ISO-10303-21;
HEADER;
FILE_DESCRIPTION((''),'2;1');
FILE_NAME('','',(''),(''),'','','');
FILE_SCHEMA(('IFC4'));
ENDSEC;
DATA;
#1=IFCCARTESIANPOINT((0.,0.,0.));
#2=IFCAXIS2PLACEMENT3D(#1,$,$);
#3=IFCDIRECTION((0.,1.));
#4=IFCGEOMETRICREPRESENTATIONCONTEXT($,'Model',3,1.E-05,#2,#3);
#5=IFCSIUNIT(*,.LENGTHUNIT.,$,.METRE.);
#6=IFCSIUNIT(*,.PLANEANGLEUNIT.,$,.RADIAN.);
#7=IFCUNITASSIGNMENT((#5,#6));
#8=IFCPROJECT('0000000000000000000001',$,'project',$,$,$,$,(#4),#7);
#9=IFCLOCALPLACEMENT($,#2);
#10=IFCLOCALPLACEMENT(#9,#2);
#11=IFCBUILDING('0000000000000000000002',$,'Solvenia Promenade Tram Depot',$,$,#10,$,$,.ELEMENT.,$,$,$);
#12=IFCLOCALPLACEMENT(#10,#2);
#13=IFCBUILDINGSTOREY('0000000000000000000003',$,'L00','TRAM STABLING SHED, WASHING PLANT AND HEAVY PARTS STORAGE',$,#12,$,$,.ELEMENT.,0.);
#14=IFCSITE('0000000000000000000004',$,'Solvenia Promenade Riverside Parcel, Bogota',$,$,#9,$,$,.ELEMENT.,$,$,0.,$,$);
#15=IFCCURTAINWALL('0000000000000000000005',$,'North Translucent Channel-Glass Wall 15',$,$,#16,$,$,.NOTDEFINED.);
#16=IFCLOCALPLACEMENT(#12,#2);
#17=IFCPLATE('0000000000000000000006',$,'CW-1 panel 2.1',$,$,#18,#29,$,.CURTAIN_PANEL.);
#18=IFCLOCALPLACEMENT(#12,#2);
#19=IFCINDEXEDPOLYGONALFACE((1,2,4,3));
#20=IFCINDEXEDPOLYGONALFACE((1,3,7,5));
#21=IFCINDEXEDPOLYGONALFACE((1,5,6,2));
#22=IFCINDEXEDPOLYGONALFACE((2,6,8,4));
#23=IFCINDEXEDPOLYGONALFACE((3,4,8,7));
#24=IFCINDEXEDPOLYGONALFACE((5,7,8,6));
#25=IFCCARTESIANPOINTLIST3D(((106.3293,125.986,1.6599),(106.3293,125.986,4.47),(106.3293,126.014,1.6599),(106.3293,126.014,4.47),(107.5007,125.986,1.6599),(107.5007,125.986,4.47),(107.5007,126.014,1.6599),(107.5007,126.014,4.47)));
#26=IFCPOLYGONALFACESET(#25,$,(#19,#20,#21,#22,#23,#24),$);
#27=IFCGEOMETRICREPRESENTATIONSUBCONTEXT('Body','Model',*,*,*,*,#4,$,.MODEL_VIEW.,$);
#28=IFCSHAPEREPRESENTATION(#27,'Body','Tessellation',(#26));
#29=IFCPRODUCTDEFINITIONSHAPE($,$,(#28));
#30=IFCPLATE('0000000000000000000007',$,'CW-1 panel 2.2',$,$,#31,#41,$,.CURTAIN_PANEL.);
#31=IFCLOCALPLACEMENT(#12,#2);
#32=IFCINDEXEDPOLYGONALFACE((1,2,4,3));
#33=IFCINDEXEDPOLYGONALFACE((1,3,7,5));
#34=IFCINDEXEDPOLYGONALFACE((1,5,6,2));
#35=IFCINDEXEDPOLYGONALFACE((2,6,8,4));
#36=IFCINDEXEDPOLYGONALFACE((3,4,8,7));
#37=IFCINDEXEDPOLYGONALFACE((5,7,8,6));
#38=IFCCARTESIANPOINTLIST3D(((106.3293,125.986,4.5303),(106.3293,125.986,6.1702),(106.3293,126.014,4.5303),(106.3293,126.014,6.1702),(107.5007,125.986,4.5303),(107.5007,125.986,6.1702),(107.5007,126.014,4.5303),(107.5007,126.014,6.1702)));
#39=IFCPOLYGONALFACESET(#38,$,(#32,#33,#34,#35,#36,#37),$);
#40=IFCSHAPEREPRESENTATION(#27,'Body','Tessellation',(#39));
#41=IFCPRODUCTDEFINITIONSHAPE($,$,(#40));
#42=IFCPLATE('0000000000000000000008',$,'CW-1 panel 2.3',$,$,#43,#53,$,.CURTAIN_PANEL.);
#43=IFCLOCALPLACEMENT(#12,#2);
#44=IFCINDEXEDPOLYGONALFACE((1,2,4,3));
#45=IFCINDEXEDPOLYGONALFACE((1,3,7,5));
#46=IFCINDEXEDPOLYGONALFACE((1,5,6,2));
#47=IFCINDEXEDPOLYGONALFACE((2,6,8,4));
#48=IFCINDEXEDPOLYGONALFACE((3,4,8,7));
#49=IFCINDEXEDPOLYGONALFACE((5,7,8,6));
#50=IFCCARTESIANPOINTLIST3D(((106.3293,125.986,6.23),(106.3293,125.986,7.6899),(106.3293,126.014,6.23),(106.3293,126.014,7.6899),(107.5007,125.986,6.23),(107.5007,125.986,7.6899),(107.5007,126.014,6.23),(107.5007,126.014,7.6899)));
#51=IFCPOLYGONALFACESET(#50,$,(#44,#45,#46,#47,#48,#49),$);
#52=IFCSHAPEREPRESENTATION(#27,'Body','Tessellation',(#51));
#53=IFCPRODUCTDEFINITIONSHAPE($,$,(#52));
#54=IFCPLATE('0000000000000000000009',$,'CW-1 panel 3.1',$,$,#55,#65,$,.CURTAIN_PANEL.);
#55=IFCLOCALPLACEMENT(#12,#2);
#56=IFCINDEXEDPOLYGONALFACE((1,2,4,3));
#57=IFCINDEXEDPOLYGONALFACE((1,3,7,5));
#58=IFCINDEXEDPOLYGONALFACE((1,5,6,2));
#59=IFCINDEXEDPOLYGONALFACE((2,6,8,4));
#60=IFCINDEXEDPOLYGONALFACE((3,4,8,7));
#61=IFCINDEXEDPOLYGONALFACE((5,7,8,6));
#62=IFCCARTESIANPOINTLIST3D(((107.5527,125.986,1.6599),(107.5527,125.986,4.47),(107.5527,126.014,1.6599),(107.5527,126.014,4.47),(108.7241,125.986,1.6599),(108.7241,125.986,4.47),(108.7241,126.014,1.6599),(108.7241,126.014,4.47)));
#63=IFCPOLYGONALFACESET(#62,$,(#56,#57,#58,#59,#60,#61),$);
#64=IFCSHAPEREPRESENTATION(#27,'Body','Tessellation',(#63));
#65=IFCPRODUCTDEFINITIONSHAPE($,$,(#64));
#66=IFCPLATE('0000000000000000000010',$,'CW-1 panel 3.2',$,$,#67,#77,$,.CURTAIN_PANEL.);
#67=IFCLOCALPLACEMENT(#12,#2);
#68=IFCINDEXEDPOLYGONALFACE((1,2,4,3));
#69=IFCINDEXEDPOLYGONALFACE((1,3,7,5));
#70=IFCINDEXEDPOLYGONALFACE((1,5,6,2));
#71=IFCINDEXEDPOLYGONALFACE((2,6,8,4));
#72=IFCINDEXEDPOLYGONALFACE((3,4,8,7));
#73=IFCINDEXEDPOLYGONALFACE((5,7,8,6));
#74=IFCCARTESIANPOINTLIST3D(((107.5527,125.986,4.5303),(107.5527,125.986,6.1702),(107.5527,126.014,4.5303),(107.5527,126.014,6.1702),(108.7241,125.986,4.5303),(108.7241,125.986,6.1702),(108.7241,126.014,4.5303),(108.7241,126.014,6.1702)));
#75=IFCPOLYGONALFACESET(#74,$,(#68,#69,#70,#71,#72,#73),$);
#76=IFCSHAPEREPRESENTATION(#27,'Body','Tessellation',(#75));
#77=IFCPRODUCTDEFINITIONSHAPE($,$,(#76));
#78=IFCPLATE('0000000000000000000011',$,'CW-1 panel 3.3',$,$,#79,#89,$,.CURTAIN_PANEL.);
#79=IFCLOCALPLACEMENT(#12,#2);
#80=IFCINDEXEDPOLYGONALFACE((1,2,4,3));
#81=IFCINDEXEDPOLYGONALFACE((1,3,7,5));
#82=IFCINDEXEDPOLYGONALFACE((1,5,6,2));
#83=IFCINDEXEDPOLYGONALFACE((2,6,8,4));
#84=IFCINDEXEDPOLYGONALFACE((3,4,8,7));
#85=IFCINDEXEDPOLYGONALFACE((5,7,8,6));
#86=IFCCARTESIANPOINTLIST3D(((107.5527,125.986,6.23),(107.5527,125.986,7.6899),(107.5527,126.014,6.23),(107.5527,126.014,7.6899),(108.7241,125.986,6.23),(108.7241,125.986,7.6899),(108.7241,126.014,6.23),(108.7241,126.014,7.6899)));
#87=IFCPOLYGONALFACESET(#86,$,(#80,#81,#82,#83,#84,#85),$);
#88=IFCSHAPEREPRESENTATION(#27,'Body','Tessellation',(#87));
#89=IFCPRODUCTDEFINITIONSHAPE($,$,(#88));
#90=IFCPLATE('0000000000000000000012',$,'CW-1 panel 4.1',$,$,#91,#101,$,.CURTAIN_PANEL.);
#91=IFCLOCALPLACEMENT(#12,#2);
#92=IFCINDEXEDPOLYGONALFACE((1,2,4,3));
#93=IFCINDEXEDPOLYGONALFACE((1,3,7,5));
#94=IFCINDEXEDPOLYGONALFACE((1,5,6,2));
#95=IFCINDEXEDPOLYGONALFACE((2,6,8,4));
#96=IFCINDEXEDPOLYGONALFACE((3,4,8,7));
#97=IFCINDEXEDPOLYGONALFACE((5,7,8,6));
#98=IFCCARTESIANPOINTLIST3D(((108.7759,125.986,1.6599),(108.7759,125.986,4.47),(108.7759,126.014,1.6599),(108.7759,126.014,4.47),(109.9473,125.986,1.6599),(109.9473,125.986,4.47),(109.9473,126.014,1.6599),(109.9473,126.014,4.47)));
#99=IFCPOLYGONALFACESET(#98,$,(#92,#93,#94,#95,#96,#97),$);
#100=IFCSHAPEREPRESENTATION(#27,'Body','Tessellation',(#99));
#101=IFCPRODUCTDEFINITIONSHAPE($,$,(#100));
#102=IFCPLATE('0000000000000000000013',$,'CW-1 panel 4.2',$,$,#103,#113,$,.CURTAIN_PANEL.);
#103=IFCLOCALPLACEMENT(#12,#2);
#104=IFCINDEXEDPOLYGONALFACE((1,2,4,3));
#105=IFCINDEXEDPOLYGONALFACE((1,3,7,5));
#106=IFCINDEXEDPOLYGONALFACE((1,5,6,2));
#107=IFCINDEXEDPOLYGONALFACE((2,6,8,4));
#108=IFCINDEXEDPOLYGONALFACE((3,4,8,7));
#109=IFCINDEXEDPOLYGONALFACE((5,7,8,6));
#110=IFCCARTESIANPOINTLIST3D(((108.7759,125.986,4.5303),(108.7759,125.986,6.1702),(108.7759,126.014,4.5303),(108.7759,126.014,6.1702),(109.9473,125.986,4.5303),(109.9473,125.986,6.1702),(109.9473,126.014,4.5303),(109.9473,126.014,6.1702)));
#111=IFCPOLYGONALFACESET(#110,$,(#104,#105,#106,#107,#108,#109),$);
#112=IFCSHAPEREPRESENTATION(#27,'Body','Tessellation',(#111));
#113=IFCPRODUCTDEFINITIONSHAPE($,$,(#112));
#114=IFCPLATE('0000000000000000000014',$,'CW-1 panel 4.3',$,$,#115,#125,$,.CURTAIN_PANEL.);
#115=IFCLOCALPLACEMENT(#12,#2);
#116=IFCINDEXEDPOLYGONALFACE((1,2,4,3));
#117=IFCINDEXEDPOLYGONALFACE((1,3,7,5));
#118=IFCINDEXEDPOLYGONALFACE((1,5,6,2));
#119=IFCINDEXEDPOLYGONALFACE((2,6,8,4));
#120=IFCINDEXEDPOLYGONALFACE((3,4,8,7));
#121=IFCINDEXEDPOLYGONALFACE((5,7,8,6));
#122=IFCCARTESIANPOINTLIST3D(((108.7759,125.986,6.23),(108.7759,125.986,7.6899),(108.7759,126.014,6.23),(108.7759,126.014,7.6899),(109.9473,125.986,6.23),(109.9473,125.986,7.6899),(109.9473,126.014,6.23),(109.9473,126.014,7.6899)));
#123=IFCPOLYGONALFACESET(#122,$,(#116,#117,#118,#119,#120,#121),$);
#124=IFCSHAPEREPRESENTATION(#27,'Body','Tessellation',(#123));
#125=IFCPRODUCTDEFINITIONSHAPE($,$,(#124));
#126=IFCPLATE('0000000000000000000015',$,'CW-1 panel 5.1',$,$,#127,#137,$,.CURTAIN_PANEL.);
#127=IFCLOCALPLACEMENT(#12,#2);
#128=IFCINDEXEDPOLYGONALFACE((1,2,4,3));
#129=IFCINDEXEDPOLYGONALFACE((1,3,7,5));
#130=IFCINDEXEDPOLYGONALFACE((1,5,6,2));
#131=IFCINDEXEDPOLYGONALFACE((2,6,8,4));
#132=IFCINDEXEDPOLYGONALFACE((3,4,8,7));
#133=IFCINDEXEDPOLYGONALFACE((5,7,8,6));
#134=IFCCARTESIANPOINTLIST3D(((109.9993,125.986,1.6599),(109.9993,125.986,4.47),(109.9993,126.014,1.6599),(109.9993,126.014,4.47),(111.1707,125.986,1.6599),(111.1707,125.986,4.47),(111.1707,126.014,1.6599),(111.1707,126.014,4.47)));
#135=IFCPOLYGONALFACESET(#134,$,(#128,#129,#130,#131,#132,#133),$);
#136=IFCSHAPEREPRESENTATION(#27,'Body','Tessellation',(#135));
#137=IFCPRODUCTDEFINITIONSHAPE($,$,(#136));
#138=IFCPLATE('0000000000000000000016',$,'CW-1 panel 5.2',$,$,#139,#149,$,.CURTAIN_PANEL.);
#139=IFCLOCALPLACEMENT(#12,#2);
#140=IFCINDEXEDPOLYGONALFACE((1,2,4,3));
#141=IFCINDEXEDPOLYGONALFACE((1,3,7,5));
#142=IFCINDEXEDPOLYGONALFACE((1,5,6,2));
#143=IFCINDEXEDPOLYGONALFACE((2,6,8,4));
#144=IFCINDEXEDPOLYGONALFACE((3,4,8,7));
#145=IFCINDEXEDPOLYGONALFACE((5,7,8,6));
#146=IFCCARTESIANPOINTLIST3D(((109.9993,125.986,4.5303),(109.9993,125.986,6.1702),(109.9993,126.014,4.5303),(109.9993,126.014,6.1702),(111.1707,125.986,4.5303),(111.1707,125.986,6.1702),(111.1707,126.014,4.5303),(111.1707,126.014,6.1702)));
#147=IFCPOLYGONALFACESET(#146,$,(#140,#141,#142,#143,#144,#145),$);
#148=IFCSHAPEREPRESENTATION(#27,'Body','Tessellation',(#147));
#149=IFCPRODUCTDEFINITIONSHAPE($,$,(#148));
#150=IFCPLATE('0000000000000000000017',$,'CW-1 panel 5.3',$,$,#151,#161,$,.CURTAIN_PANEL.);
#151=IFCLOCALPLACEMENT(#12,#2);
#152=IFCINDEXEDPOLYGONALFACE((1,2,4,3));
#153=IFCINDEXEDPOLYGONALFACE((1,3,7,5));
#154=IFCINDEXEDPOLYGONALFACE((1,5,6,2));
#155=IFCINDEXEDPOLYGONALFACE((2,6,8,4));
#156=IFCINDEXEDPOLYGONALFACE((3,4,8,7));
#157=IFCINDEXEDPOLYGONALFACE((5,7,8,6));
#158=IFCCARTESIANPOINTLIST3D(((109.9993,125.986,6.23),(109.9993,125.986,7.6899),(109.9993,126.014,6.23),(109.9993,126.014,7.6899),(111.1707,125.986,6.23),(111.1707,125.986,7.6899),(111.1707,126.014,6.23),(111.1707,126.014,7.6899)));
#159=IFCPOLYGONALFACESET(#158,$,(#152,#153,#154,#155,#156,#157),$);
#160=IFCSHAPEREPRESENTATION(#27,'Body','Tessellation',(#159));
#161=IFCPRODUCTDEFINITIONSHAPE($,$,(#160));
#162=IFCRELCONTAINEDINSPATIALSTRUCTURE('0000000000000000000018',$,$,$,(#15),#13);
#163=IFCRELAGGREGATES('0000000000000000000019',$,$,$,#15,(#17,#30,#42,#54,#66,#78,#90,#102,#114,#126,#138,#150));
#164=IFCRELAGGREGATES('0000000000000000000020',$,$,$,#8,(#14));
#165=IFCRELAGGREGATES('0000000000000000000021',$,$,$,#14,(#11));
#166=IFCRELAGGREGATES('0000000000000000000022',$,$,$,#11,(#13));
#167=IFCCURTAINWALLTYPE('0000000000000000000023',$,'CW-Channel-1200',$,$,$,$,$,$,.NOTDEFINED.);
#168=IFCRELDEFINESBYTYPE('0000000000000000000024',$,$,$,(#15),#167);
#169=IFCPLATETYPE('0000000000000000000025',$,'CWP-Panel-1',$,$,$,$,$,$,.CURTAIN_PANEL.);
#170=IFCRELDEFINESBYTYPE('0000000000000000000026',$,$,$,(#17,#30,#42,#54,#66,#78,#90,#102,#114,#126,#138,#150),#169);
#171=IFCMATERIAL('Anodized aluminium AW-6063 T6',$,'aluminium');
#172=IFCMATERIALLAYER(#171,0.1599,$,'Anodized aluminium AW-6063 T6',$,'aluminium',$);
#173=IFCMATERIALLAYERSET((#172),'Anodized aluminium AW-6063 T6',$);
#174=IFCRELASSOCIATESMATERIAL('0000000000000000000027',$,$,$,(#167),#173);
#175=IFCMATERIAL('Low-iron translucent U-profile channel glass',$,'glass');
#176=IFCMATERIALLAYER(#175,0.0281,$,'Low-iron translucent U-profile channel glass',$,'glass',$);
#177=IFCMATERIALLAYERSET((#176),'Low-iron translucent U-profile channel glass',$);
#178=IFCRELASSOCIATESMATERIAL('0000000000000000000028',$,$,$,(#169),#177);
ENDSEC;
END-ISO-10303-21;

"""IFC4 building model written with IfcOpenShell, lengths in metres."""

from ifc_helpers import new_model, si_unit, direction, frame, origin, origin_2d, place, context, subcontext, project, spatial, rectangle, extrude, material, layer, layer_set, type_object, element, aggregate, save


model = new_model("IFC4")

# Units and contexts
model_context = context("Model", 3, precision=1e-05, world=origin(), true_north=direction((0.0, 1.0)))
body_context = subcontext(model_context, "Body", "Model", "MODEL_VIEW")
ifc_project = project(units=[si_unit("LENGTHUNIT", "METRE"), si_unit("PLANEANGLEUNIT", "RADIAN")], contexts=[model_context])

# Site, building, storey
site_placement = place(None, origin())
site = spatial("IfcSite", under=ifc_project, at=site_placement, Name="Solvenia Promenade Riverside Parcel, Bogota", CompositionType="ELEMENT", RefElevation=0.0)
building_placement = place(site_placement, origin())
building = spatial("IfcBuilding", under=site, at=building_placement, Name="Solvenia Promenade Tram Depot", CompositionType="ELEMENT")
storey_placement = place(building_placement, origin())
storey = spatial("IfcBuildingStorey", under=building, at=storey_placement, Name="L00", Description="TRAM STABLING SHED, WASHING PLANT AND HEAVY PARTS STORAGE", CompositionType="ELEMENT", Elevation=0.0)

# Curtain wall, plates
ifc_material_1 = material(Name="Anodized aluminium AW-6063 T6", Category="aluminium")
ifc_layer_1 = layer(ifc_material_1, 0.1599, Name="Anodized aluminium AW-6063 T6", Category="aluminium")
ifc_layer_set_1 = layer_set([ifc_layer_1], Name="Anodized aluminium AW-6063 T6")
curtain_wall_type = type_object("IfcCurtainWallType", Name="CW-Channel-1200", PredefinedType="NOTDEFINED", material=ifc_layer_set_1)
curtain_wall_placement = place(storey_placement, origin())
curtain_wall = element("IfcCurtainWall", 1, at=curtain_wall_placement, inside=storey, type_object=curtain_wall_type, Name="North Translucent Channel-Glass Wall 15", PredefinedType="NOTDEFINED")
ifc_material_2 = material(Name="Low-iron translucent U-profile channel glass", Category="glass")
ifc_layer_2 = layer(ifc_material_2, 0.0281, Name="Low-iron translucent U-profile channel glass", Category="glass")
ifc_layer_set_2 = layer_set([ifc_layer_2], Name="Low-iron translucent U-profile channel glass")
plate_type = type_object("IfcPlateType", Name="CWP-Panel-1", PredefinedType="CURTAIN_PANEL", material=ifc_layer_set_2)
plate_1_placement = place(storey_placement, frame((106.915, 126.0, 1.6599), z_axis=(0.0, 0.0, 1.0), x_axis=(1.0, 0.0, 0.0)))
plate_1 = element("IfcPlate", 2, at=plate_1_placement, type_object=plate_type, Name="CW-1 panel 2.1", PredefinedType="CURTAIN_PANEL", context=body_context, shape_type="SweptSolid", body=[
    extrude(rectangle(XDim=1.1714, YDim=0.0281, at=origin_2d()), origin(), (0.0, 0.0, 1.0), 2.8101),
])
plate_2_placement = place(storey_placement, frame((106.915, 126.0, 4.5303), z_axis=(0.0, 0.0, 1.0), x_axis=(1.0, 0.0, 0.0)))
plate_2 = element("IfcPlate", 3, at=plate_2_placement, type_object=plate_type, Name="CW-1 panel 2.2", PredefinedType="CURTAIN_PANEL", context=body_context, shape_type="SweptSolid", body=[
    extrude(rectangle(XDim=1.1714, YDim=0.0281, at=origin_2d()), origin(), (0.0, 0.0, 1.0), 1.6399),
])
plate_3_placement = place(storey_placement, frame((106.915, 126.0, 6.23), z_axis=(0.0, 0.0, 1.0), x_axis=(1.0, 0.0, 0.0)))
plate_3 = element("IfcPlate", 4, at=plate_3_placement, type_object=plate_type, Name="CW-1 panel 2.3", PredefinedType="CURTAIN_PANEL", context=body_context, shape_type="SweptSolid", body=[
    extrude(rectangle(XDim=1.1714, YDim=0.0281, at=origin_2d()), origin(), (0.0, 0.0, 1.0), 1.46),
])
plate_4_placement = place(storey_placement, frame((108.1384, 126.0, 1.6599), z_axis=(0.0, 0.0, 1.0), x_axis=(1.0, 0.0, 0.0)))
plate_4 = element("IfcPlate", 5, at=plate_4_placement, type_object=plate_type, Name="CW-1 panel 3.1", PredefinedType="CURTAIN_PANEL", context=body_context, shape_type="SweptSolid", body=[
    extrude(rectangle(XDim=1.1714, YDim=0.0281, at=origin_2d()), origin(), (0.0, 0.0, 1.0), 2.8101),
])
plate_5_placement = place(storey_placement, frame((108.1384, 126.0, 4.5303), z_axis=(0.0, 0.0, 1.0), x_axis=(1.0, 0.0, 0.0)))
plate_5 = element("IfcPlate", 6, at=plate_5_placement, type_object=plate_type, Name="CW-1 panel 3.2", PredefinedType="CURTAIN_PANEL", context=body_context, shape_type="SweptSolid", body=[
    extrude(rectangle(XDim=1.1714, YDim=0.0281, at=origin_2d()), origin(), (0.0, 0.0, 1.0), 1.6399),
])
plate_6_placement = place(storey_placement, frame((108.1384, 126.0, 6.23), z_axis=(0.0, 0.0, 1.0), x_axis=(1.0, 0.0, 0.0)))
plate_6 = element("IfcPlate", 7, at=plate_6_placement, type_object=plate_type, Name="CW-1 panel 3.3", PredefinedType="CURTAIN_PANEL", context=body_context, shape_type="SweptSolid", body=[
    extrude(rectangle(XDim=1.1714, YDim=0.0281, at=origin_2d()), origin(), (0.0, 0.0, 1.0), 1.46),
])
plate_7_placement = place(storey_placement, frame((109.3616, 126.0, 1.6599), z_axis=(0.0, 0.0, 1.0), x_axis=(1.0, 0.0, 0.0)))
plate_7 = element("IfcPlate", 8, at=plate_7_placement, type_object=plate_type, Name="CW-1 panel 4.1", PredefinedType="CURTAIN_PANEL", context=body_context, shape_type="SweptSolid", body=[
    extrude(rectangle(XDim=1.1714, YDim=0.0281, at=origin_2d()), origin(), (0.0, 0.0, 1.0), 2.8101),
])
plate_8_placement = place(storey_placement, frame((109.3616, 126.0, 4.5303), z_axis=(0.0, 0.0, 1.0), x_axis=(1.0, 0.0, 0.0)))
plate_8 = element("IfcPlate", 9, at=plate_8_placement, type_object=plate_type, Name="CW-1 panel 4.2", PredefinedType="CURTAIN_PANEL", context=body_context, shape_type="SweptSolid", body=[
    extrude(rectangle(XDim=1.1714, YDim=0.0281, at=origin_2d()), origin(), (0.0, 0.0, 1.0), 1.6399),
])
plate_9_placement = place(storey_placement, frame((109.3616, 126.0, 6.23), z_axis=(0.0, 0.0, 1.0), x_axis=(1.0, 0.0, 0.0)))
plate_9 = element("IfcPlate", 10, at=plate_9_placement, type_object=plate_type, Name="CW-1 panel 4.3", PredefinedType="CURTAIN_PANEL", context=body_context, shape_type="SweptSolid", body=[
    extrude(rectangle(XDim=1.1714, YDim=0.0281, at=origin_2d()), origin(), (0.0, 0.0, 1.0), 1.46),
])
plate_10_placement = place(storey_placement, frame((110.585, 126.0, 1.6599), z_axis=(0.0, 0.0, 1.0), x_axis=(1.0, 0.0, 0.0)))
plate_10 = element("IfcPlate", 11, at=plate_10_placement, type_object=plate_type, Name="CW-1 panel 5.1", PredefinedType="CURTAIN_PANEL", context=body_context, shape_type="SweptSolid", body=[
    extrude(rectangle(XDim=1.1714, YDim=0.0281, at=origin_2d()), origin(), (0.0, 0.0, 1.0), 2.8101),
])
plate_11_placement = place(storey_placement, frame((110.585, 126.0, 4.5303), z_axis=(0.0, 0.0, 1.0), x_axis=(1.0, 0.0, 0.0)))
plate_11 = element("IfcPlate", 12, at=plate_11_placement, type_object=plate_type, Name="CW-1 panel 5.2", PredefinedType="CURTAIN_PANEL", context=body_context, shape_type="SweptSolid", body=[
    extrude(rectangle(XDim=1.1714, YDim=0.0281, at=origin_2d()), origin(), (0.0, 0.0, 1.0), 1.6399),
])
plate_12_placement = place(storey_placement, frame((110.585, 126.0, 6.23), z_axis=(0.0, 0.0, 1.0), x_axis=(1.0, 0.0, 0.0)))
plate_12 = element("IfcPlate", 13, at=plate_12_placement, type_object=plate_type, Name="CW-1 panel 5.3", PredefinedType="CURTAIN_PANEL", context=body_context, shape_type="SweptSolid", body=[
    extrude(rectangle(XDim=1.1714, YDim=0.0281, at=origin_2d()), origin(), (0.0, 0.0, 1.0), 1.46),
])
aggregate(curtain_wall, [plate_1, plate_2, plate_3, plate_4, plate_5, plate_6, plate_7, plate_8, plate_9, plate_10, plate_11, plate_12])

save(model, "model.ifc")
